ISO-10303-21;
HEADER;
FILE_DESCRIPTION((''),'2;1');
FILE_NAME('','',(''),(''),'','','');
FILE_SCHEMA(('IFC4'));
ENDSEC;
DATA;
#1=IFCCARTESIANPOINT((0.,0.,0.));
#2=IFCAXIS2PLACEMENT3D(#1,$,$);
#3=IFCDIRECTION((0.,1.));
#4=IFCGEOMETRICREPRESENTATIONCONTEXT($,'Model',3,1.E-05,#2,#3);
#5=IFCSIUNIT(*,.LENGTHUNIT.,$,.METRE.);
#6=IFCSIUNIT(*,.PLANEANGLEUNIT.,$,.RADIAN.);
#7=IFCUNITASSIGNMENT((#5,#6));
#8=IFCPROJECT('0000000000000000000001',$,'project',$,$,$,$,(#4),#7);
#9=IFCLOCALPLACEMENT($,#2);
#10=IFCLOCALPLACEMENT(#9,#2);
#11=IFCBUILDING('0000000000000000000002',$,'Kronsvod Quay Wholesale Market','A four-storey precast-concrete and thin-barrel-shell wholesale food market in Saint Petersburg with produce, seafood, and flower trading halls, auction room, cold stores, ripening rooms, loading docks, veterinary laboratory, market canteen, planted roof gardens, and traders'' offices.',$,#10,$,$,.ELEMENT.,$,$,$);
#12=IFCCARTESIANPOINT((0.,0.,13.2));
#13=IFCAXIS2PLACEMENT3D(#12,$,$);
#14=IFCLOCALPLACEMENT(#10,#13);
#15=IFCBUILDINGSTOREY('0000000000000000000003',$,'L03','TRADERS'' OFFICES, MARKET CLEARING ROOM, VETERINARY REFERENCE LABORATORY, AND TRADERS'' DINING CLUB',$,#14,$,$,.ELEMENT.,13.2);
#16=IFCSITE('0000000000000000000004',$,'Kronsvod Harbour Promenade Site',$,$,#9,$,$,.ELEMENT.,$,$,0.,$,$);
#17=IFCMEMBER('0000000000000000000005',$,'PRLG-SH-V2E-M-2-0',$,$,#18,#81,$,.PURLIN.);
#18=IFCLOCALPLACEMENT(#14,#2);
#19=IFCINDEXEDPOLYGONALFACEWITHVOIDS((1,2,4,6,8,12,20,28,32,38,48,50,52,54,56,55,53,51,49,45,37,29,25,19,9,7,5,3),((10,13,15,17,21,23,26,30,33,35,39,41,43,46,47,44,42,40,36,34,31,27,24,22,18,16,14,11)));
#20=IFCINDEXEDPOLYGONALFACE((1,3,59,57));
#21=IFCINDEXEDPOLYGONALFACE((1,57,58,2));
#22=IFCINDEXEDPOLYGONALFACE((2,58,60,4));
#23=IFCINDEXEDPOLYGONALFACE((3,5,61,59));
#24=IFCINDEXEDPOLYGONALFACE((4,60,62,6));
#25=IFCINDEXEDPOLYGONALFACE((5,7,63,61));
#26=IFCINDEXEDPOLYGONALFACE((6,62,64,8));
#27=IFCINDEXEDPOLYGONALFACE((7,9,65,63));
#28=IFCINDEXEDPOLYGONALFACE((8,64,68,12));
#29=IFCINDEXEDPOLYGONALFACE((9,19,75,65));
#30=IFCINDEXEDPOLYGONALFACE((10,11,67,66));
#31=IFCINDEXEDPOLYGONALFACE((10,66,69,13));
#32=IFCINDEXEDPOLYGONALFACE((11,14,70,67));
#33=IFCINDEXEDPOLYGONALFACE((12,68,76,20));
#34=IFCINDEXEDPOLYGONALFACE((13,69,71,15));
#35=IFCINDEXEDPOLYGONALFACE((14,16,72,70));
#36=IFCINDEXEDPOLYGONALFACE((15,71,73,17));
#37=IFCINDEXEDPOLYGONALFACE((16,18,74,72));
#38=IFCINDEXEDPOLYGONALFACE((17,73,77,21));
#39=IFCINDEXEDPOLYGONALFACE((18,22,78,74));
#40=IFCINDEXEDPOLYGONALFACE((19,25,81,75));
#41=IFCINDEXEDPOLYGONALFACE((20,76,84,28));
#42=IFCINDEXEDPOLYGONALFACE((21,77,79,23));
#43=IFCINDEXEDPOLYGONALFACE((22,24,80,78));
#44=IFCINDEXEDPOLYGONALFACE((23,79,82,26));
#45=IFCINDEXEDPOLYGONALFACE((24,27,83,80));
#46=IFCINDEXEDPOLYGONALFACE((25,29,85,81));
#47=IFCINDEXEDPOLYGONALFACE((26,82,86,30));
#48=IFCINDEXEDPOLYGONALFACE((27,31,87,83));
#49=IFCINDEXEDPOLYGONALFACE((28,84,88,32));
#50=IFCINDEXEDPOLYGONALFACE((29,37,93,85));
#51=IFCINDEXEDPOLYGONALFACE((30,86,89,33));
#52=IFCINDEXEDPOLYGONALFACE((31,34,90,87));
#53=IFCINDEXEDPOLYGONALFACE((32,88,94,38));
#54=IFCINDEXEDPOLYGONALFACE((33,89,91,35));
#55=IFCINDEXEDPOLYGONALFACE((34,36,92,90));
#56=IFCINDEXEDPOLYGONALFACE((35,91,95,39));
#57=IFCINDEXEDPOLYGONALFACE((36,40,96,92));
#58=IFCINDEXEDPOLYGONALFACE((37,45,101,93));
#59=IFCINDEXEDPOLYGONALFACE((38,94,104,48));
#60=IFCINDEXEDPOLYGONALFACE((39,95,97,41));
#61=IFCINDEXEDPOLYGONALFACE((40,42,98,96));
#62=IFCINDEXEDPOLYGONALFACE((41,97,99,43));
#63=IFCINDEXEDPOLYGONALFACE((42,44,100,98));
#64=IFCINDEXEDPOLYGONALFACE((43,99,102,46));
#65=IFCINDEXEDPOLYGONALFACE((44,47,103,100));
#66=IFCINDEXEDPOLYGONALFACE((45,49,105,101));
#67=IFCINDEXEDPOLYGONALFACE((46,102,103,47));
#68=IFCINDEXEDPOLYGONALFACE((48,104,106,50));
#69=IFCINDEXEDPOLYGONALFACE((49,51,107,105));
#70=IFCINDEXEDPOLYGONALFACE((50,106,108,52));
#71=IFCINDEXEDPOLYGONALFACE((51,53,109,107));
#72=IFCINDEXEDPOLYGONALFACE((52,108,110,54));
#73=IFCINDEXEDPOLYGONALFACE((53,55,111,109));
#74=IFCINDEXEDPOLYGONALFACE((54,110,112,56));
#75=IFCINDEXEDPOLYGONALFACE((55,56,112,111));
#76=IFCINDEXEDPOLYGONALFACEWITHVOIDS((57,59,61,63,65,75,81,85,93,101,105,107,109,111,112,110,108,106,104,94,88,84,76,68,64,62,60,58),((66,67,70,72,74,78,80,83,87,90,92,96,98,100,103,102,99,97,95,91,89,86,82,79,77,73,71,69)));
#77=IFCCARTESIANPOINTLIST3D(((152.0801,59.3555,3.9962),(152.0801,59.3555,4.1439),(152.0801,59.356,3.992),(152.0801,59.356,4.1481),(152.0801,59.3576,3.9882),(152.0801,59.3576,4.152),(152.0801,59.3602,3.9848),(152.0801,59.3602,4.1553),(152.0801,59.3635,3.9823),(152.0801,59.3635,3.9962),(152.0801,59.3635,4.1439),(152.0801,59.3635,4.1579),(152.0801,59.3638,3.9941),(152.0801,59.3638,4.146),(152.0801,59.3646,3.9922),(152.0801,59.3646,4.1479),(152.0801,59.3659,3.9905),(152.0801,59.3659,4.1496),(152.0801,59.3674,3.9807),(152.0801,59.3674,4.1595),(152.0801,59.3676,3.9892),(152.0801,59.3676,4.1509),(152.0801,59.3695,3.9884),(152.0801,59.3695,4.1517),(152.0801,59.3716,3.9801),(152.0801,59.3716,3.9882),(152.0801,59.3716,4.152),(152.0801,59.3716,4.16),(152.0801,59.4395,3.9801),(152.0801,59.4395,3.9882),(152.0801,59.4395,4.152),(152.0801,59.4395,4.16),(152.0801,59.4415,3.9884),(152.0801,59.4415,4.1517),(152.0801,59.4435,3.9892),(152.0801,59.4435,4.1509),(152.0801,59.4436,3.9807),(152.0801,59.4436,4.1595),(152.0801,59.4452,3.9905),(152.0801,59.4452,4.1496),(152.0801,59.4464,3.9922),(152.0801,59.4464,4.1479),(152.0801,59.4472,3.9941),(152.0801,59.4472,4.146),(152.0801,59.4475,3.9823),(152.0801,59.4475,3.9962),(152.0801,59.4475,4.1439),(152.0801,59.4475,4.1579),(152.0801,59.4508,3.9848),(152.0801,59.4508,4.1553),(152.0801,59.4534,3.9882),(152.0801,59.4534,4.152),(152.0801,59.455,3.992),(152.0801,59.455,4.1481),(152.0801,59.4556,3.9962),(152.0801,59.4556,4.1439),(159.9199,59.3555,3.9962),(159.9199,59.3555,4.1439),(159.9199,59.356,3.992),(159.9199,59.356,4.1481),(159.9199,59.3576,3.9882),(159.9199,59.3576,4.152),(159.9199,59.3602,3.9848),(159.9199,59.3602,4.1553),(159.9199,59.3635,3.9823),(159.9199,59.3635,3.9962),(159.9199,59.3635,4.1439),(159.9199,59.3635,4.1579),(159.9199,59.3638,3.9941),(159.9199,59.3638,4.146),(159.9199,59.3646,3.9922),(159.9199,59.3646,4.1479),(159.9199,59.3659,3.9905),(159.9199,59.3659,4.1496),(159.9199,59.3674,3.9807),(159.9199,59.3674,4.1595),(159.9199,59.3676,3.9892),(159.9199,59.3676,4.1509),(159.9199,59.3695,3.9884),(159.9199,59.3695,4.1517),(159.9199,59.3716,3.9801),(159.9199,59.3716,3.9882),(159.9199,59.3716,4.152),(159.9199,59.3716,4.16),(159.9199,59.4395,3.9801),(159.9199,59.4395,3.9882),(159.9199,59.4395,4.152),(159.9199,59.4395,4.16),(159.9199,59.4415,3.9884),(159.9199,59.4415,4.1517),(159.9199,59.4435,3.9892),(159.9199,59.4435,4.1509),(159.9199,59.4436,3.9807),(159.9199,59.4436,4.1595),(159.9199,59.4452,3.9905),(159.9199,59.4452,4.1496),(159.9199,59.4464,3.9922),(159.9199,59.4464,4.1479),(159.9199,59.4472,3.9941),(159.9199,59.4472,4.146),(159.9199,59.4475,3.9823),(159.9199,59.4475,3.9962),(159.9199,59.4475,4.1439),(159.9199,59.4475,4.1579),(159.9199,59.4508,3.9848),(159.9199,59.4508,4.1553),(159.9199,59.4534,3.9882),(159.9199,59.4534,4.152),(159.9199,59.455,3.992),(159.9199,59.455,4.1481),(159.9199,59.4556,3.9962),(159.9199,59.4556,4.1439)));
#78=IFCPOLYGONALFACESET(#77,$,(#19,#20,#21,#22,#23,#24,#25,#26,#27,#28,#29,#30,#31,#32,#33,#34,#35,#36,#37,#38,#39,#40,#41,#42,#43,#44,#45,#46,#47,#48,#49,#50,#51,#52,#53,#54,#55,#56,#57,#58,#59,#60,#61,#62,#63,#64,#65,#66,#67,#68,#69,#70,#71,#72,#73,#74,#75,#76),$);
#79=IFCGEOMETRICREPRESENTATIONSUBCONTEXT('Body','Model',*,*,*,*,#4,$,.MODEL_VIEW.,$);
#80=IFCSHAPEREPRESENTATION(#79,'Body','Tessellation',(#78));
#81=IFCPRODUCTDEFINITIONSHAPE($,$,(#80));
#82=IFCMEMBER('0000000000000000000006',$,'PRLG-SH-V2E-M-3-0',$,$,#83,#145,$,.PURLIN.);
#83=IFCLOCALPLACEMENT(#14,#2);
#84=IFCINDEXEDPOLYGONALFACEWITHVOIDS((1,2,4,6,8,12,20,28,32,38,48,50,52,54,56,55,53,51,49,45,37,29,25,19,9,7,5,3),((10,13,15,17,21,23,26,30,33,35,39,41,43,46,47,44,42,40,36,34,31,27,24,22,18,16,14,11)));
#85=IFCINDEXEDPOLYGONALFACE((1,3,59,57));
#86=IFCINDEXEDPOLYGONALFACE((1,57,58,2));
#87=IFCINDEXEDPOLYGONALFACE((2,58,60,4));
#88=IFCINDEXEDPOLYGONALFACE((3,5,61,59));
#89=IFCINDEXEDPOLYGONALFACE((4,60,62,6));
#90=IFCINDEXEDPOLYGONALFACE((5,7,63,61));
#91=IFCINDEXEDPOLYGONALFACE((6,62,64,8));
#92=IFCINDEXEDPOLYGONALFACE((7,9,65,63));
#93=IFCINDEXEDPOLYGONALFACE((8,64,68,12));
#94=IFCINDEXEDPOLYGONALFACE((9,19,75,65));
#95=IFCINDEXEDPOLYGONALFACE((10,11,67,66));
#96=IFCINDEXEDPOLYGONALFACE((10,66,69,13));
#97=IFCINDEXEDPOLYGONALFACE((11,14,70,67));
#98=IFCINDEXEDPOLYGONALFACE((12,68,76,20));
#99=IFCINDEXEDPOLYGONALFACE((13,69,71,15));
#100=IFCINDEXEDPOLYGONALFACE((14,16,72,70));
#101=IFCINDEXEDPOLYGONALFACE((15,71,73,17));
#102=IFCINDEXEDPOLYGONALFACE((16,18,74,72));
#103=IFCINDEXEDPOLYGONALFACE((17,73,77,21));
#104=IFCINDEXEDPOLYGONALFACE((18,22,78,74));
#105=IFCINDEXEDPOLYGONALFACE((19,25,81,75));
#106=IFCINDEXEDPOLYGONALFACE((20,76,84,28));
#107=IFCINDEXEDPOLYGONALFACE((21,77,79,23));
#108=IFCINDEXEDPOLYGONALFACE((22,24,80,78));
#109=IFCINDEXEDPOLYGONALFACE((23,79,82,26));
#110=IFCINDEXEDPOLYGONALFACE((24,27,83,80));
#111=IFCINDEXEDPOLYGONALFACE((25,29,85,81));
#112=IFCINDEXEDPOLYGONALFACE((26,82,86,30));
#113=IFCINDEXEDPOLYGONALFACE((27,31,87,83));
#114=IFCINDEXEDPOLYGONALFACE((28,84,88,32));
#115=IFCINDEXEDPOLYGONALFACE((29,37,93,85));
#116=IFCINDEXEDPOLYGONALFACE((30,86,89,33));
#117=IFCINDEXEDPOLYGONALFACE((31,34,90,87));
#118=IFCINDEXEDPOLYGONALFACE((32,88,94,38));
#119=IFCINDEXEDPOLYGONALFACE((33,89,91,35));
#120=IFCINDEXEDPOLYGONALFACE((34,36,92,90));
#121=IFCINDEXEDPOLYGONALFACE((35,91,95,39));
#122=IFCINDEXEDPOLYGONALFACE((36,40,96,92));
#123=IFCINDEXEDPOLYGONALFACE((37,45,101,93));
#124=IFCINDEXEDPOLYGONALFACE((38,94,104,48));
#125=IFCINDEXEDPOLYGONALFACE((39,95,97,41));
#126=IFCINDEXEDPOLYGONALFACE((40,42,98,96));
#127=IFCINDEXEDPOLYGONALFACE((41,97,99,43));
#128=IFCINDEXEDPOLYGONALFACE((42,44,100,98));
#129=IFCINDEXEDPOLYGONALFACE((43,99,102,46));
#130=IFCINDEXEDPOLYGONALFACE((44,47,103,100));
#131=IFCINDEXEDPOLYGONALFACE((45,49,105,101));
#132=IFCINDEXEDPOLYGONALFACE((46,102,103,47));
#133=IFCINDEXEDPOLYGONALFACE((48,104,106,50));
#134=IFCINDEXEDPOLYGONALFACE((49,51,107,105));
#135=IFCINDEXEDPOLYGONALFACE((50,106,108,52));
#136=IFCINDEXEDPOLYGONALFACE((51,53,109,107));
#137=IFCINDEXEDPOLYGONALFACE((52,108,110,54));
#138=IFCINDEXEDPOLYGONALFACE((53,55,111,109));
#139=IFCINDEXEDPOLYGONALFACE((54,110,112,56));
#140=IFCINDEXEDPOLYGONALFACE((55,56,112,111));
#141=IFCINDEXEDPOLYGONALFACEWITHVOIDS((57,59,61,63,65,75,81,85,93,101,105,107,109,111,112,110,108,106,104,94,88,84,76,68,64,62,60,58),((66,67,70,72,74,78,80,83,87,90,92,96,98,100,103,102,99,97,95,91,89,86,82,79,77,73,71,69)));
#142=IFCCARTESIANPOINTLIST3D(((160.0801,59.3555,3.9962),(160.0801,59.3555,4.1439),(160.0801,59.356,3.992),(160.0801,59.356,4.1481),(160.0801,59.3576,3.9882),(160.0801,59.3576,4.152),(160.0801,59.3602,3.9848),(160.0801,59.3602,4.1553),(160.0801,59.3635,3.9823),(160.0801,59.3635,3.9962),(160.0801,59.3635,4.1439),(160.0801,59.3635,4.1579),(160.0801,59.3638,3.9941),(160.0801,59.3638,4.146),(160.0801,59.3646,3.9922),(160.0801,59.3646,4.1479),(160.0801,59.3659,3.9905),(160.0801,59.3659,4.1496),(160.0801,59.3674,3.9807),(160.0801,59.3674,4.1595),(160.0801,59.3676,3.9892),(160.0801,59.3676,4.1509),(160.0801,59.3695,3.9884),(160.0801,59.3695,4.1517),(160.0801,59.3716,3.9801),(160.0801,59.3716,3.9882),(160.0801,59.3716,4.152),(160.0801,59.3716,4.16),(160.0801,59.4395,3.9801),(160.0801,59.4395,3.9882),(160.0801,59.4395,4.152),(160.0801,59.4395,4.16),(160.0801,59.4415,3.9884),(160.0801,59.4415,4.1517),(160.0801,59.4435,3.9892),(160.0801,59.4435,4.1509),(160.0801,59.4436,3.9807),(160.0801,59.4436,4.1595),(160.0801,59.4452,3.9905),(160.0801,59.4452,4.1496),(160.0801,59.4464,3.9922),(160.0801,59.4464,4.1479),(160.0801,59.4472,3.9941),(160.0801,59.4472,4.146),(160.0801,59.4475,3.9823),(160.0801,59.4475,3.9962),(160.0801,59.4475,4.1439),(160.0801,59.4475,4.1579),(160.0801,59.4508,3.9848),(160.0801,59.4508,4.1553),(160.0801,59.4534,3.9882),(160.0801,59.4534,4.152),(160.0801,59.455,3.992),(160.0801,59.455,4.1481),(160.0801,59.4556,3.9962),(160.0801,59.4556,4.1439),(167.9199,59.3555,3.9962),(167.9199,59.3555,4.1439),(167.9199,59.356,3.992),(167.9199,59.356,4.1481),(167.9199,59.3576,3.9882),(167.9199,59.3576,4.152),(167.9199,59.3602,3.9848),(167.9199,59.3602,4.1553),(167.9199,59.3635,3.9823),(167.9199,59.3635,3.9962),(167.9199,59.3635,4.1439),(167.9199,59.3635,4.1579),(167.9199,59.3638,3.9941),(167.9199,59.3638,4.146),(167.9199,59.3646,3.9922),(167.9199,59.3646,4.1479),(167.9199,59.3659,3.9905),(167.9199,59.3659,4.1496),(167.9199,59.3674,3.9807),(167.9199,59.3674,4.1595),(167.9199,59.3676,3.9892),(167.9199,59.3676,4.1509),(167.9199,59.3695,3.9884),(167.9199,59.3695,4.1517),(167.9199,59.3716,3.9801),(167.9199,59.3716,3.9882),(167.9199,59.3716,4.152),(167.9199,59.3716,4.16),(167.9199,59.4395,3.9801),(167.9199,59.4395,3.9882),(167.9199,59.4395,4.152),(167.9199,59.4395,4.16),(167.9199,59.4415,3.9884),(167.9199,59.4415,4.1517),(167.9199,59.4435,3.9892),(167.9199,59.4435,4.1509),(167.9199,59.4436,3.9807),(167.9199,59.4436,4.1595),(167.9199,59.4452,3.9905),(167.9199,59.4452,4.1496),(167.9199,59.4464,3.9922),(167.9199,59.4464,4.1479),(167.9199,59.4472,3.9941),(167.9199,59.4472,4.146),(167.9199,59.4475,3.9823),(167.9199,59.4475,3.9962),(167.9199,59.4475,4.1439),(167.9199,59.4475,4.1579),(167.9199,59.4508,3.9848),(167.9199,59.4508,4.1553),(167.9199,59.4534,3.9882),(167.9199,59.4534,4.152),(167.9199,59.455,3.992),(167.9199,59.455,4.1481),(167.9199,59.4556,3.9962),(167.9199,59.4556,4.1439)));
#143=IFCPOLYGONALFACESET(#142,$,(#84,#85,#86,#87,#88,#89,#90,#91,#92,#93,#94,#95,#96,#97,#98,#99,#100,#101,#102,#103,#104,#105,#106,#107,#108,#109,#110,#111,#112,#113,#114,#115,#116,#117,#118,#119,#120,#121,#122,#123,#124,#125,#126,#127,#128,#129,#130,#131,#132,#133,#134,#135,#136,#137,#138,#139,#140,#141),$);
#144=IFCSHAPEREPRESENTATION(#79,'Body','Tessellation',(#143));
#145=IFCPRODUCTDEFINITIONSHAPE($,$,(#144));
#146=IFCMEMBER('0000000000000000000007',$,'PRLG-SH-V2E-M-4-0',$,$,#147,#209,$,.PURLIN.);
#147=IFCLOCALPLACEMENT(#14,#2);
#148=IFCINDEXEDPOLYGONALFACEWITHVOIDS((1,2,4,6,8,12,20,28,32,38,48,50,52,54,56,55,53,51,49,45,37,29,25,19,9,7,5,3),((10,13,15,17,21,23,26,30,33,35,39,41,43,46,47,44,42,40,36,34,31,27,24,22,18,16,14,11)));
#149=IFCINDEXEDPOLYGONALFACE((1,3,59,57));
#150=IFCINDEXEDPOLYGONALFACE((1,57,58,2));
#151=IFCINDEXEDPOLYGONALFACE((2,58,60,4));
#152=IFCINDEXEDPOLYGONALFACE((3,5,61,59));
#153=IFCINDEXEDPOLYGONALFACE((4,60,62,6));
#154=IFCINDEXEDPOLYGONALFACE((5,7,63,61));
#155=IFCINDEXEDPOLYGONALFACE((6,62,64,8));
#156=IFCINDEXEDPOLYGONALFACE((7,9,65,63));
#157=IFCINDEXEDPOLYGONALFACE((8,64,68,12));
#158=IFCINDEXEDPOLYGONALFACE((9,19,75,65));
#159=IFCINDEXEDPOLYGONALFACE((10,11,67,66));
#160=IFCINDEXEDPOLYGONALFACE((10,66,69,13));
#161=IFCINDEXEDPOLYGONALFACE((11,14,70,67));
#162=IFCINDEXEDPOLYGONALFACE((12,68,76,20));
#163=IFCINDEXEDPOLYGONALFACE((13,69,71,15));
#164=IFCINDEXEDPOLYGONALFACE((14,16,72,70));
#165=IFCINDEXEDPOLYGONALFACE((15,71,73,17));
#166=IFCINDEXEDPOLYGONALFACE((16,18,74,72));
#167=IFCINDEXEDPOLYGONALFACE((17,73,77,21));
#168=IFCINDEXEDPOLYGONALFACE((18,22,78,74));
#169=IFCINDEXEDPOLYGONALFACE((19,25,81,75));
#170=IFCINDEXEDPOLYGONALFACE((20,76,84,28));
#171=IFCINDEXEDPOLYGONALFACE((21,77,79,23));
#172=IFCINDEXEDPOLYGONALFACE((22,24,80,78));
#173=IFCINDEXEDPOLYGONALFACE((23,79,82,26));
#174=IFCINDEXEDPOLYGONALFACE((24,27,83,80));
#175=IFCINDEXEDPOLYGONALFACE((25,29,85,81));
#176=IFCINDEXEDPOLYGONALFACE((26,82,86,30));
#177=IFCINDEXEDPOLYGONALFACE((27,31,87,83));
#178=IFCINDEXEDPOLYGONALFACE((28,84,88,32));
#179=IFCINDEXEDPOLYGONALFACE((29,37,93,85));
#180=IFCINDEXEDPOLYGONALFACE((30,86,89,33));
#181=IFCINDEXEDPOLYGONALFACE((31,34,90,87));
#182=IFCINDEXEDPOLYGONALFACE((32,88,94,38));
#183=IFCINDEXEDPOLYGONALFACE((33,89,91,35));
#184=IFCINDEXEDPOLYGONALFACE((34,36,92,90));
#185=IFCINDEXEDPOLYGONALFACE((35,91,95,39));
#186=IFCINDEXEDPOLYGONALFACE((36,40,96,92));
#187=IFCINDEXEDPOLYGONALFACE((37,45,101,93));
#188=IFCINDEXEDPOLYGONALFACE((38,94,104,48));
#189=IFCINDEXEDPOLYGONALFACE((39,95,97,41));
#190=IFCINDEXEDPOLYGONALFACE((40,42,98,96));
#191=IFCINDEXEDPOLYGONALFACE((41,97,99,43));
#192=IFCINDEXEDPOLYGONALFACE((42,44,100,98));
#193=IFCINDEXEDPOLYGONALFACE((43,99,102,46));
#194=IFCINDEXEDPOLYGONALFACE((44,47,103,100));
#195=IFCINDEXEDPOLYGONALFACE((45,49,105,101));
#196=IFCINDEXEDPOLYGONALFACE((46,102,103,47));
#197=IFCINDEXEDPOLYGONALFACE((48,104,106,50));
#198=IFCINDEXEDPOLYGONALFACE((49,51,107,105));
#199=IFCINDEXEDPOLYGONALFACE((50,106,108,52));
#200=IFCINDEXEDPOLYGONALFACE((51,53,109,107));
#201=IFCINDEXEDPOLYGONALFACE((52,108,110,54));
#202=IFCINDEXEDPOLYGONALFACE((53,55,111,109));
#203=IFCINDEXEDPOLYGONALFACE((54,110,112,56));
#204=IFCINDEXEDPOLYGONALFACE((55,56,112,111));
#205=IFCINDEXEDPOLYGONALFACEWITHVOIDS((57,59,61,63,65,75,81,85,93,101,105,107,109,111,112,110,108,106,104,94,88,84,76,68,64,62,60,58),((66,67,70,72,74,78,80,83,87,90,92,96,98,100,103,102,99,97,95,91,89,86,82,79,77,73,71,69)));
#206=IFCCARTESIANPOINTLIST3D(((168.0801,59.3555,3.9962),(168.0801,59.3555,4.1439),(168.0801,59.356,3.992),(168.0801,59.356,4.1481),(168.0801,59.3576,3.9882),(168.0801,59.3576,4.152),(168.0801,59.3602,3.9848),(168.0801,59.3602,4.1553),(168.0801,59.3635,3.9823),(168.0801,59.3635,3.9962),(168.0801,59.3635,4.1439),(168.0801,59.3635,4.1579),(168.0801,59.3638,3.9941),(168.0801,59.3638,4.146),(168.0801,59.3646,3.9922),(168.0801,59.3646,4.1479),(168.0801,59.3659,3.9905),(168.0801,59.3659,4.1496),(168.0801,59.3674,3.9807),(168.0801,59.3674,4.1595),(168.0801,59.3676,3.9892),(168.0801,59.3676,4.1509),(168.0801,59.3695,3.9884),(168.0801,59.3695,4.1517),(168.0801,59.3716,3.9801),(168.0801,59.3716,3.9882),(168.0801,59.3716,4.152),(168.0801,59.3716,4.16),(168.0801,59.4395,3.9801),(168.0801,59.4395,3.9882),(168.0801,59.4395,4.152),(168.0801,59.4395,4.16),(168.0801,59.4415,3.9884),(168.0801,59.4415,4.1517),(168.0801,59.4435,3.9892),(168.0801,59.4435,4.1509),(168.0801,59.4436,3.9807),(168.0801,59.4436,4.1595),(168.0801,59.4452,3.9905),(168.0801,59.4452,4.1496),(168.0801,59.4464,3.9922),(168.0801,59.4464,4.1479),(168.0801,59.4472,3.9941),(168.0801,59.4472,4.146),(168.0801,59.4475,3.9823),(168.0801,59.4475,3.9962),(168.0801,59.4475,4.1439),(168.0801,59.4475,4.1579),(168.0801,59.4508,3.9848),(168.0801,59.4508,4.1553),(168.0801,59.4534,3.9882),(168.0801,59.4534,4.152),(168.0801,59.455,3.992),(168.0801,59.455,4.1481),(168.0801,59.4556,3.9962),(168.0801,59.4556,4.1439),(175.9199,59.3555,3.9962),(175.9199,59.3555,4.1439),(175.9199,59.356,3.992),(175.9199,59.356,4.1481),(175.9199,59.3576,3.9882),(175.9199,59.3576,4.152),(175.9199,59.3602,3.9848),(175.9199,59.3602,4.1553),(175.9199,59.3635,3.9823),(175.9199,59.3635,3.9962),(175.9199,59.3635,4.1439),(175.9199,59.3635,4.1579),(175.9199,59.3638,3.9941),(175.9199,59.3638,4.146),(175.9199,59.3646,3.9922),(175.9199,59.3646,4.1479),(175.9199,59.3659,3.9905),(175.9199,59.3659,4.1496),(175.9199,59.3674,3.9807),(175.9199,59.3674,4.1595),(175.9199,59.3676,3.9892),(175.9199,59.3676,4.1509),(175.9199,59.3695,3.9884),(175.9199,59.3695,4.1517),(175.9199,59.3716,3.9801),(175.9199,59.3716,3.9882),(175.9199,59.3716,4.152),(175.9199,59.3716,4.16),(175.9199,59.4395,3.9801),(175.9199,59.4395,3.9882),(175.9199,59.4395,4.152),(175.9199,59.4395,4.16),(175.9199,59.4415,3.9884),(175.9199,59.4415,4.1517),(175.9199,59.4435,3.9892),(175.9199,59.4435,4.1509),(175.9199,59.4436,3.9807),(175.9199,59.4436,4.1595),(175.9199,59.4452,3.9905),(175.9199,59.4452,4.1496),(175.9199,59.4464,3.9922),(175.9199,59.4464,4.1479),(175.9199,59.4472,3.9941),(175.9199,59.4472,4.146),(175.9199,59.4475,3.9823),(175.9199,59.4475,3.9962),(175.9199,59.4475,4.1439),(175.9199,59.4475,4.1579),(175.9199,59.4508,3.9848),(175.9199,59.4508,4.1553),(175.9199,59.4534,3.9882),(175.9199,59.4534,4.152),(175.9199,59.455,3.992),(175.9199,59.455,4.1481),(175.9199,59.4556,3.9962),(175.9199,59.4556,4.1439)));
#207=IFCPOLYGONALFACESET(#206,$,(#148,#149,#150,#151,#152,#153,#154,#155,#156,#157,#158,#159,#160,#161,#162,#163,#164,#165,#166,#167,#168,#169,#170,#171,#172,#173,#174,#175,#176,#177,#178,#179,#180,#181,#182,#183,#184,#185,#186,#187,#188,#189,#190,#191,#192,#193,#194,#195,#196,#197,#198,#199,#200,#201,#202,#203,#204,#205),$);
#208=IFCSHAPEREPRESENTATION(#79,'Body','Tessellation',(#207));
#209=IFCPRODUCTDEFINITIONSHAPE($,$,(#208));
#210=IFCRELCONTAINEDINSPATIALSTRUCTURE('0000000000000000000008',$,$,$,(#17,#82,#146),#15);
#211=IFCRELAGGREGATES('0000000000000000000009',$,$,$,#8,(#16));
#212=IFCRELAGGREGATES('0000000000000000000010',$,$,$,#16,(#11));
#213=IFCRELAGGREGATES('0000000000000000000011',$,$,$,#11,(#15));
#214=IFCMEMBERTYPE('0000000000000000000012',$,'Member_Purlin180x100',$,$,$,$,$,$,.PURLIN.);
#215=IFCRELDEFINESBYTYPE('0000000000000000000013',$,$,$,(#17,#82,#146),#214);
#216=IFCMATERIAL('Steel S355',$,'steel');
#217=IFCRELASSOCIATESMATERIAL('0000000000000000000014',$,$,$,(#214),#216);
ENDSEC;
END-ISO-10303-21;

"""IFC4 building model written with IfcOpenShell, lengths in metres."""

from ifc_helpers import new_model, si_unit, direction, frame, origin, origin_2d, place, context, subcontext, project, spatial, hollow_rectangle, extrude, material, material_profile, profile_set, type_object, element, save


model = new_model("IFC4")

# Units and contexts
model_context = context("Model", 3, precision=1e-05, world=origin(), true_north=direction((0.0, 1.0)))
body_context = subcontext(model_context, "Body", "Model", "MODEL_VIEW")
ifc_project = project(units=[si_unit("LENGTHUNIT", "METRE"), si_unit("PLANEANGLEUNIT", "RADIAN")], contexts=[model_context])

# Site, building, storey
site_placement = place(None, origin())
site = spatial("IfcSite", under=ifc_project, at=site_placement, Name="Kronsvod Harbour Promenade Site", CompositionType="ELEMENT", RefElevation=0.0)
building_placement = place(site_placement, origin())
building = spatial("IfcBuilding", under=site, at=building_placement, Name="Kronsvod Quay Wholesale Market", Description="A four-storey precast-concrete and thin-barrel-shell wholesale food market in Saint Petersburg with produce, seafood, and flower trading halls, auction room, cold stores, ripening rooms, loading docks, veterinary laboratory, market canteen, planted roof gardens, and traders' offices.", CompositionType="ELEMENT")
storey_placement = place(building_placement, frame((0.0, 0.0, 13.2)))
storey = spatial("IfcBuildingStorey", under=building, at=storey_placement, Name="L03", Description="TRADERS' OFFICES, MARKET CLEARING ROOM, VETERINARY REFERENCE LABORATORY, AND TRADERS' DINING CLUB", CompositionType="ELEMENT", Elevation=13.2)

# Members
ifc_material_1 = material(Name="Steel S355", Category="steel")
ifc_material_profile_1 = material_profile(ifc_material_1, hollow_rectangle(XDim=0.1001, YDim=0.1799, WallThickness=0.0081, InnerFilletRadius=0.0081, OuterFilletRadius=0.0161, at=origin_2d()), Name="RHS180x100x8")
ifc_profile_set_1 = profile_set([ifc_material_profile_1], Name="Steel S355")
member_type_1 = type_object("IfcMemberType", Name="Member_Purlin180x100", PredefinedType="PURLIN", material=ifc_profile_set_1)
for number, where, z_axis, x_axis, name in (
    (1, (152.0801, 59.4055, 4.0701), (1.0, 0.0, 0.0), (0.0, 1.0, 0.0), "PRLG-SH-V2E-M-2-0"),
    (2, (160.0801, 59.4055, 4.0701), (1.0, 0.0, 0.0), (0.0, 1.0, 0.0), "PRLG-SH-V2E-M-3-0"),
    (3, (168.0801, 59.4055, 4.0701), (1.0, 0.0, 0.0), (0.0, 1.0, 0.0), "PRLG-SH-V2E-M-4-0"),
):
    element("IfcMember", number, at=place(storey_placement, frame(where, z_axis=z_axis, x_axis=x_axis)), inside=storey, type_object=member_type_1, Name=name, PredefinedType="PURLIN", context=body_context, shape_type="SweptSolid", body=[
        extrude(hollow_rectangle(XDim=0.1001, YDim=0.1799, WallThickness=0.0081, InnerFilletRadius=0.0081, OuterFilletRadius=0.0161, at=origin_2d()), origin(), (0.0, 0.0, 1.0), 7.8398),
    ])

save(model, "model.ifc")
